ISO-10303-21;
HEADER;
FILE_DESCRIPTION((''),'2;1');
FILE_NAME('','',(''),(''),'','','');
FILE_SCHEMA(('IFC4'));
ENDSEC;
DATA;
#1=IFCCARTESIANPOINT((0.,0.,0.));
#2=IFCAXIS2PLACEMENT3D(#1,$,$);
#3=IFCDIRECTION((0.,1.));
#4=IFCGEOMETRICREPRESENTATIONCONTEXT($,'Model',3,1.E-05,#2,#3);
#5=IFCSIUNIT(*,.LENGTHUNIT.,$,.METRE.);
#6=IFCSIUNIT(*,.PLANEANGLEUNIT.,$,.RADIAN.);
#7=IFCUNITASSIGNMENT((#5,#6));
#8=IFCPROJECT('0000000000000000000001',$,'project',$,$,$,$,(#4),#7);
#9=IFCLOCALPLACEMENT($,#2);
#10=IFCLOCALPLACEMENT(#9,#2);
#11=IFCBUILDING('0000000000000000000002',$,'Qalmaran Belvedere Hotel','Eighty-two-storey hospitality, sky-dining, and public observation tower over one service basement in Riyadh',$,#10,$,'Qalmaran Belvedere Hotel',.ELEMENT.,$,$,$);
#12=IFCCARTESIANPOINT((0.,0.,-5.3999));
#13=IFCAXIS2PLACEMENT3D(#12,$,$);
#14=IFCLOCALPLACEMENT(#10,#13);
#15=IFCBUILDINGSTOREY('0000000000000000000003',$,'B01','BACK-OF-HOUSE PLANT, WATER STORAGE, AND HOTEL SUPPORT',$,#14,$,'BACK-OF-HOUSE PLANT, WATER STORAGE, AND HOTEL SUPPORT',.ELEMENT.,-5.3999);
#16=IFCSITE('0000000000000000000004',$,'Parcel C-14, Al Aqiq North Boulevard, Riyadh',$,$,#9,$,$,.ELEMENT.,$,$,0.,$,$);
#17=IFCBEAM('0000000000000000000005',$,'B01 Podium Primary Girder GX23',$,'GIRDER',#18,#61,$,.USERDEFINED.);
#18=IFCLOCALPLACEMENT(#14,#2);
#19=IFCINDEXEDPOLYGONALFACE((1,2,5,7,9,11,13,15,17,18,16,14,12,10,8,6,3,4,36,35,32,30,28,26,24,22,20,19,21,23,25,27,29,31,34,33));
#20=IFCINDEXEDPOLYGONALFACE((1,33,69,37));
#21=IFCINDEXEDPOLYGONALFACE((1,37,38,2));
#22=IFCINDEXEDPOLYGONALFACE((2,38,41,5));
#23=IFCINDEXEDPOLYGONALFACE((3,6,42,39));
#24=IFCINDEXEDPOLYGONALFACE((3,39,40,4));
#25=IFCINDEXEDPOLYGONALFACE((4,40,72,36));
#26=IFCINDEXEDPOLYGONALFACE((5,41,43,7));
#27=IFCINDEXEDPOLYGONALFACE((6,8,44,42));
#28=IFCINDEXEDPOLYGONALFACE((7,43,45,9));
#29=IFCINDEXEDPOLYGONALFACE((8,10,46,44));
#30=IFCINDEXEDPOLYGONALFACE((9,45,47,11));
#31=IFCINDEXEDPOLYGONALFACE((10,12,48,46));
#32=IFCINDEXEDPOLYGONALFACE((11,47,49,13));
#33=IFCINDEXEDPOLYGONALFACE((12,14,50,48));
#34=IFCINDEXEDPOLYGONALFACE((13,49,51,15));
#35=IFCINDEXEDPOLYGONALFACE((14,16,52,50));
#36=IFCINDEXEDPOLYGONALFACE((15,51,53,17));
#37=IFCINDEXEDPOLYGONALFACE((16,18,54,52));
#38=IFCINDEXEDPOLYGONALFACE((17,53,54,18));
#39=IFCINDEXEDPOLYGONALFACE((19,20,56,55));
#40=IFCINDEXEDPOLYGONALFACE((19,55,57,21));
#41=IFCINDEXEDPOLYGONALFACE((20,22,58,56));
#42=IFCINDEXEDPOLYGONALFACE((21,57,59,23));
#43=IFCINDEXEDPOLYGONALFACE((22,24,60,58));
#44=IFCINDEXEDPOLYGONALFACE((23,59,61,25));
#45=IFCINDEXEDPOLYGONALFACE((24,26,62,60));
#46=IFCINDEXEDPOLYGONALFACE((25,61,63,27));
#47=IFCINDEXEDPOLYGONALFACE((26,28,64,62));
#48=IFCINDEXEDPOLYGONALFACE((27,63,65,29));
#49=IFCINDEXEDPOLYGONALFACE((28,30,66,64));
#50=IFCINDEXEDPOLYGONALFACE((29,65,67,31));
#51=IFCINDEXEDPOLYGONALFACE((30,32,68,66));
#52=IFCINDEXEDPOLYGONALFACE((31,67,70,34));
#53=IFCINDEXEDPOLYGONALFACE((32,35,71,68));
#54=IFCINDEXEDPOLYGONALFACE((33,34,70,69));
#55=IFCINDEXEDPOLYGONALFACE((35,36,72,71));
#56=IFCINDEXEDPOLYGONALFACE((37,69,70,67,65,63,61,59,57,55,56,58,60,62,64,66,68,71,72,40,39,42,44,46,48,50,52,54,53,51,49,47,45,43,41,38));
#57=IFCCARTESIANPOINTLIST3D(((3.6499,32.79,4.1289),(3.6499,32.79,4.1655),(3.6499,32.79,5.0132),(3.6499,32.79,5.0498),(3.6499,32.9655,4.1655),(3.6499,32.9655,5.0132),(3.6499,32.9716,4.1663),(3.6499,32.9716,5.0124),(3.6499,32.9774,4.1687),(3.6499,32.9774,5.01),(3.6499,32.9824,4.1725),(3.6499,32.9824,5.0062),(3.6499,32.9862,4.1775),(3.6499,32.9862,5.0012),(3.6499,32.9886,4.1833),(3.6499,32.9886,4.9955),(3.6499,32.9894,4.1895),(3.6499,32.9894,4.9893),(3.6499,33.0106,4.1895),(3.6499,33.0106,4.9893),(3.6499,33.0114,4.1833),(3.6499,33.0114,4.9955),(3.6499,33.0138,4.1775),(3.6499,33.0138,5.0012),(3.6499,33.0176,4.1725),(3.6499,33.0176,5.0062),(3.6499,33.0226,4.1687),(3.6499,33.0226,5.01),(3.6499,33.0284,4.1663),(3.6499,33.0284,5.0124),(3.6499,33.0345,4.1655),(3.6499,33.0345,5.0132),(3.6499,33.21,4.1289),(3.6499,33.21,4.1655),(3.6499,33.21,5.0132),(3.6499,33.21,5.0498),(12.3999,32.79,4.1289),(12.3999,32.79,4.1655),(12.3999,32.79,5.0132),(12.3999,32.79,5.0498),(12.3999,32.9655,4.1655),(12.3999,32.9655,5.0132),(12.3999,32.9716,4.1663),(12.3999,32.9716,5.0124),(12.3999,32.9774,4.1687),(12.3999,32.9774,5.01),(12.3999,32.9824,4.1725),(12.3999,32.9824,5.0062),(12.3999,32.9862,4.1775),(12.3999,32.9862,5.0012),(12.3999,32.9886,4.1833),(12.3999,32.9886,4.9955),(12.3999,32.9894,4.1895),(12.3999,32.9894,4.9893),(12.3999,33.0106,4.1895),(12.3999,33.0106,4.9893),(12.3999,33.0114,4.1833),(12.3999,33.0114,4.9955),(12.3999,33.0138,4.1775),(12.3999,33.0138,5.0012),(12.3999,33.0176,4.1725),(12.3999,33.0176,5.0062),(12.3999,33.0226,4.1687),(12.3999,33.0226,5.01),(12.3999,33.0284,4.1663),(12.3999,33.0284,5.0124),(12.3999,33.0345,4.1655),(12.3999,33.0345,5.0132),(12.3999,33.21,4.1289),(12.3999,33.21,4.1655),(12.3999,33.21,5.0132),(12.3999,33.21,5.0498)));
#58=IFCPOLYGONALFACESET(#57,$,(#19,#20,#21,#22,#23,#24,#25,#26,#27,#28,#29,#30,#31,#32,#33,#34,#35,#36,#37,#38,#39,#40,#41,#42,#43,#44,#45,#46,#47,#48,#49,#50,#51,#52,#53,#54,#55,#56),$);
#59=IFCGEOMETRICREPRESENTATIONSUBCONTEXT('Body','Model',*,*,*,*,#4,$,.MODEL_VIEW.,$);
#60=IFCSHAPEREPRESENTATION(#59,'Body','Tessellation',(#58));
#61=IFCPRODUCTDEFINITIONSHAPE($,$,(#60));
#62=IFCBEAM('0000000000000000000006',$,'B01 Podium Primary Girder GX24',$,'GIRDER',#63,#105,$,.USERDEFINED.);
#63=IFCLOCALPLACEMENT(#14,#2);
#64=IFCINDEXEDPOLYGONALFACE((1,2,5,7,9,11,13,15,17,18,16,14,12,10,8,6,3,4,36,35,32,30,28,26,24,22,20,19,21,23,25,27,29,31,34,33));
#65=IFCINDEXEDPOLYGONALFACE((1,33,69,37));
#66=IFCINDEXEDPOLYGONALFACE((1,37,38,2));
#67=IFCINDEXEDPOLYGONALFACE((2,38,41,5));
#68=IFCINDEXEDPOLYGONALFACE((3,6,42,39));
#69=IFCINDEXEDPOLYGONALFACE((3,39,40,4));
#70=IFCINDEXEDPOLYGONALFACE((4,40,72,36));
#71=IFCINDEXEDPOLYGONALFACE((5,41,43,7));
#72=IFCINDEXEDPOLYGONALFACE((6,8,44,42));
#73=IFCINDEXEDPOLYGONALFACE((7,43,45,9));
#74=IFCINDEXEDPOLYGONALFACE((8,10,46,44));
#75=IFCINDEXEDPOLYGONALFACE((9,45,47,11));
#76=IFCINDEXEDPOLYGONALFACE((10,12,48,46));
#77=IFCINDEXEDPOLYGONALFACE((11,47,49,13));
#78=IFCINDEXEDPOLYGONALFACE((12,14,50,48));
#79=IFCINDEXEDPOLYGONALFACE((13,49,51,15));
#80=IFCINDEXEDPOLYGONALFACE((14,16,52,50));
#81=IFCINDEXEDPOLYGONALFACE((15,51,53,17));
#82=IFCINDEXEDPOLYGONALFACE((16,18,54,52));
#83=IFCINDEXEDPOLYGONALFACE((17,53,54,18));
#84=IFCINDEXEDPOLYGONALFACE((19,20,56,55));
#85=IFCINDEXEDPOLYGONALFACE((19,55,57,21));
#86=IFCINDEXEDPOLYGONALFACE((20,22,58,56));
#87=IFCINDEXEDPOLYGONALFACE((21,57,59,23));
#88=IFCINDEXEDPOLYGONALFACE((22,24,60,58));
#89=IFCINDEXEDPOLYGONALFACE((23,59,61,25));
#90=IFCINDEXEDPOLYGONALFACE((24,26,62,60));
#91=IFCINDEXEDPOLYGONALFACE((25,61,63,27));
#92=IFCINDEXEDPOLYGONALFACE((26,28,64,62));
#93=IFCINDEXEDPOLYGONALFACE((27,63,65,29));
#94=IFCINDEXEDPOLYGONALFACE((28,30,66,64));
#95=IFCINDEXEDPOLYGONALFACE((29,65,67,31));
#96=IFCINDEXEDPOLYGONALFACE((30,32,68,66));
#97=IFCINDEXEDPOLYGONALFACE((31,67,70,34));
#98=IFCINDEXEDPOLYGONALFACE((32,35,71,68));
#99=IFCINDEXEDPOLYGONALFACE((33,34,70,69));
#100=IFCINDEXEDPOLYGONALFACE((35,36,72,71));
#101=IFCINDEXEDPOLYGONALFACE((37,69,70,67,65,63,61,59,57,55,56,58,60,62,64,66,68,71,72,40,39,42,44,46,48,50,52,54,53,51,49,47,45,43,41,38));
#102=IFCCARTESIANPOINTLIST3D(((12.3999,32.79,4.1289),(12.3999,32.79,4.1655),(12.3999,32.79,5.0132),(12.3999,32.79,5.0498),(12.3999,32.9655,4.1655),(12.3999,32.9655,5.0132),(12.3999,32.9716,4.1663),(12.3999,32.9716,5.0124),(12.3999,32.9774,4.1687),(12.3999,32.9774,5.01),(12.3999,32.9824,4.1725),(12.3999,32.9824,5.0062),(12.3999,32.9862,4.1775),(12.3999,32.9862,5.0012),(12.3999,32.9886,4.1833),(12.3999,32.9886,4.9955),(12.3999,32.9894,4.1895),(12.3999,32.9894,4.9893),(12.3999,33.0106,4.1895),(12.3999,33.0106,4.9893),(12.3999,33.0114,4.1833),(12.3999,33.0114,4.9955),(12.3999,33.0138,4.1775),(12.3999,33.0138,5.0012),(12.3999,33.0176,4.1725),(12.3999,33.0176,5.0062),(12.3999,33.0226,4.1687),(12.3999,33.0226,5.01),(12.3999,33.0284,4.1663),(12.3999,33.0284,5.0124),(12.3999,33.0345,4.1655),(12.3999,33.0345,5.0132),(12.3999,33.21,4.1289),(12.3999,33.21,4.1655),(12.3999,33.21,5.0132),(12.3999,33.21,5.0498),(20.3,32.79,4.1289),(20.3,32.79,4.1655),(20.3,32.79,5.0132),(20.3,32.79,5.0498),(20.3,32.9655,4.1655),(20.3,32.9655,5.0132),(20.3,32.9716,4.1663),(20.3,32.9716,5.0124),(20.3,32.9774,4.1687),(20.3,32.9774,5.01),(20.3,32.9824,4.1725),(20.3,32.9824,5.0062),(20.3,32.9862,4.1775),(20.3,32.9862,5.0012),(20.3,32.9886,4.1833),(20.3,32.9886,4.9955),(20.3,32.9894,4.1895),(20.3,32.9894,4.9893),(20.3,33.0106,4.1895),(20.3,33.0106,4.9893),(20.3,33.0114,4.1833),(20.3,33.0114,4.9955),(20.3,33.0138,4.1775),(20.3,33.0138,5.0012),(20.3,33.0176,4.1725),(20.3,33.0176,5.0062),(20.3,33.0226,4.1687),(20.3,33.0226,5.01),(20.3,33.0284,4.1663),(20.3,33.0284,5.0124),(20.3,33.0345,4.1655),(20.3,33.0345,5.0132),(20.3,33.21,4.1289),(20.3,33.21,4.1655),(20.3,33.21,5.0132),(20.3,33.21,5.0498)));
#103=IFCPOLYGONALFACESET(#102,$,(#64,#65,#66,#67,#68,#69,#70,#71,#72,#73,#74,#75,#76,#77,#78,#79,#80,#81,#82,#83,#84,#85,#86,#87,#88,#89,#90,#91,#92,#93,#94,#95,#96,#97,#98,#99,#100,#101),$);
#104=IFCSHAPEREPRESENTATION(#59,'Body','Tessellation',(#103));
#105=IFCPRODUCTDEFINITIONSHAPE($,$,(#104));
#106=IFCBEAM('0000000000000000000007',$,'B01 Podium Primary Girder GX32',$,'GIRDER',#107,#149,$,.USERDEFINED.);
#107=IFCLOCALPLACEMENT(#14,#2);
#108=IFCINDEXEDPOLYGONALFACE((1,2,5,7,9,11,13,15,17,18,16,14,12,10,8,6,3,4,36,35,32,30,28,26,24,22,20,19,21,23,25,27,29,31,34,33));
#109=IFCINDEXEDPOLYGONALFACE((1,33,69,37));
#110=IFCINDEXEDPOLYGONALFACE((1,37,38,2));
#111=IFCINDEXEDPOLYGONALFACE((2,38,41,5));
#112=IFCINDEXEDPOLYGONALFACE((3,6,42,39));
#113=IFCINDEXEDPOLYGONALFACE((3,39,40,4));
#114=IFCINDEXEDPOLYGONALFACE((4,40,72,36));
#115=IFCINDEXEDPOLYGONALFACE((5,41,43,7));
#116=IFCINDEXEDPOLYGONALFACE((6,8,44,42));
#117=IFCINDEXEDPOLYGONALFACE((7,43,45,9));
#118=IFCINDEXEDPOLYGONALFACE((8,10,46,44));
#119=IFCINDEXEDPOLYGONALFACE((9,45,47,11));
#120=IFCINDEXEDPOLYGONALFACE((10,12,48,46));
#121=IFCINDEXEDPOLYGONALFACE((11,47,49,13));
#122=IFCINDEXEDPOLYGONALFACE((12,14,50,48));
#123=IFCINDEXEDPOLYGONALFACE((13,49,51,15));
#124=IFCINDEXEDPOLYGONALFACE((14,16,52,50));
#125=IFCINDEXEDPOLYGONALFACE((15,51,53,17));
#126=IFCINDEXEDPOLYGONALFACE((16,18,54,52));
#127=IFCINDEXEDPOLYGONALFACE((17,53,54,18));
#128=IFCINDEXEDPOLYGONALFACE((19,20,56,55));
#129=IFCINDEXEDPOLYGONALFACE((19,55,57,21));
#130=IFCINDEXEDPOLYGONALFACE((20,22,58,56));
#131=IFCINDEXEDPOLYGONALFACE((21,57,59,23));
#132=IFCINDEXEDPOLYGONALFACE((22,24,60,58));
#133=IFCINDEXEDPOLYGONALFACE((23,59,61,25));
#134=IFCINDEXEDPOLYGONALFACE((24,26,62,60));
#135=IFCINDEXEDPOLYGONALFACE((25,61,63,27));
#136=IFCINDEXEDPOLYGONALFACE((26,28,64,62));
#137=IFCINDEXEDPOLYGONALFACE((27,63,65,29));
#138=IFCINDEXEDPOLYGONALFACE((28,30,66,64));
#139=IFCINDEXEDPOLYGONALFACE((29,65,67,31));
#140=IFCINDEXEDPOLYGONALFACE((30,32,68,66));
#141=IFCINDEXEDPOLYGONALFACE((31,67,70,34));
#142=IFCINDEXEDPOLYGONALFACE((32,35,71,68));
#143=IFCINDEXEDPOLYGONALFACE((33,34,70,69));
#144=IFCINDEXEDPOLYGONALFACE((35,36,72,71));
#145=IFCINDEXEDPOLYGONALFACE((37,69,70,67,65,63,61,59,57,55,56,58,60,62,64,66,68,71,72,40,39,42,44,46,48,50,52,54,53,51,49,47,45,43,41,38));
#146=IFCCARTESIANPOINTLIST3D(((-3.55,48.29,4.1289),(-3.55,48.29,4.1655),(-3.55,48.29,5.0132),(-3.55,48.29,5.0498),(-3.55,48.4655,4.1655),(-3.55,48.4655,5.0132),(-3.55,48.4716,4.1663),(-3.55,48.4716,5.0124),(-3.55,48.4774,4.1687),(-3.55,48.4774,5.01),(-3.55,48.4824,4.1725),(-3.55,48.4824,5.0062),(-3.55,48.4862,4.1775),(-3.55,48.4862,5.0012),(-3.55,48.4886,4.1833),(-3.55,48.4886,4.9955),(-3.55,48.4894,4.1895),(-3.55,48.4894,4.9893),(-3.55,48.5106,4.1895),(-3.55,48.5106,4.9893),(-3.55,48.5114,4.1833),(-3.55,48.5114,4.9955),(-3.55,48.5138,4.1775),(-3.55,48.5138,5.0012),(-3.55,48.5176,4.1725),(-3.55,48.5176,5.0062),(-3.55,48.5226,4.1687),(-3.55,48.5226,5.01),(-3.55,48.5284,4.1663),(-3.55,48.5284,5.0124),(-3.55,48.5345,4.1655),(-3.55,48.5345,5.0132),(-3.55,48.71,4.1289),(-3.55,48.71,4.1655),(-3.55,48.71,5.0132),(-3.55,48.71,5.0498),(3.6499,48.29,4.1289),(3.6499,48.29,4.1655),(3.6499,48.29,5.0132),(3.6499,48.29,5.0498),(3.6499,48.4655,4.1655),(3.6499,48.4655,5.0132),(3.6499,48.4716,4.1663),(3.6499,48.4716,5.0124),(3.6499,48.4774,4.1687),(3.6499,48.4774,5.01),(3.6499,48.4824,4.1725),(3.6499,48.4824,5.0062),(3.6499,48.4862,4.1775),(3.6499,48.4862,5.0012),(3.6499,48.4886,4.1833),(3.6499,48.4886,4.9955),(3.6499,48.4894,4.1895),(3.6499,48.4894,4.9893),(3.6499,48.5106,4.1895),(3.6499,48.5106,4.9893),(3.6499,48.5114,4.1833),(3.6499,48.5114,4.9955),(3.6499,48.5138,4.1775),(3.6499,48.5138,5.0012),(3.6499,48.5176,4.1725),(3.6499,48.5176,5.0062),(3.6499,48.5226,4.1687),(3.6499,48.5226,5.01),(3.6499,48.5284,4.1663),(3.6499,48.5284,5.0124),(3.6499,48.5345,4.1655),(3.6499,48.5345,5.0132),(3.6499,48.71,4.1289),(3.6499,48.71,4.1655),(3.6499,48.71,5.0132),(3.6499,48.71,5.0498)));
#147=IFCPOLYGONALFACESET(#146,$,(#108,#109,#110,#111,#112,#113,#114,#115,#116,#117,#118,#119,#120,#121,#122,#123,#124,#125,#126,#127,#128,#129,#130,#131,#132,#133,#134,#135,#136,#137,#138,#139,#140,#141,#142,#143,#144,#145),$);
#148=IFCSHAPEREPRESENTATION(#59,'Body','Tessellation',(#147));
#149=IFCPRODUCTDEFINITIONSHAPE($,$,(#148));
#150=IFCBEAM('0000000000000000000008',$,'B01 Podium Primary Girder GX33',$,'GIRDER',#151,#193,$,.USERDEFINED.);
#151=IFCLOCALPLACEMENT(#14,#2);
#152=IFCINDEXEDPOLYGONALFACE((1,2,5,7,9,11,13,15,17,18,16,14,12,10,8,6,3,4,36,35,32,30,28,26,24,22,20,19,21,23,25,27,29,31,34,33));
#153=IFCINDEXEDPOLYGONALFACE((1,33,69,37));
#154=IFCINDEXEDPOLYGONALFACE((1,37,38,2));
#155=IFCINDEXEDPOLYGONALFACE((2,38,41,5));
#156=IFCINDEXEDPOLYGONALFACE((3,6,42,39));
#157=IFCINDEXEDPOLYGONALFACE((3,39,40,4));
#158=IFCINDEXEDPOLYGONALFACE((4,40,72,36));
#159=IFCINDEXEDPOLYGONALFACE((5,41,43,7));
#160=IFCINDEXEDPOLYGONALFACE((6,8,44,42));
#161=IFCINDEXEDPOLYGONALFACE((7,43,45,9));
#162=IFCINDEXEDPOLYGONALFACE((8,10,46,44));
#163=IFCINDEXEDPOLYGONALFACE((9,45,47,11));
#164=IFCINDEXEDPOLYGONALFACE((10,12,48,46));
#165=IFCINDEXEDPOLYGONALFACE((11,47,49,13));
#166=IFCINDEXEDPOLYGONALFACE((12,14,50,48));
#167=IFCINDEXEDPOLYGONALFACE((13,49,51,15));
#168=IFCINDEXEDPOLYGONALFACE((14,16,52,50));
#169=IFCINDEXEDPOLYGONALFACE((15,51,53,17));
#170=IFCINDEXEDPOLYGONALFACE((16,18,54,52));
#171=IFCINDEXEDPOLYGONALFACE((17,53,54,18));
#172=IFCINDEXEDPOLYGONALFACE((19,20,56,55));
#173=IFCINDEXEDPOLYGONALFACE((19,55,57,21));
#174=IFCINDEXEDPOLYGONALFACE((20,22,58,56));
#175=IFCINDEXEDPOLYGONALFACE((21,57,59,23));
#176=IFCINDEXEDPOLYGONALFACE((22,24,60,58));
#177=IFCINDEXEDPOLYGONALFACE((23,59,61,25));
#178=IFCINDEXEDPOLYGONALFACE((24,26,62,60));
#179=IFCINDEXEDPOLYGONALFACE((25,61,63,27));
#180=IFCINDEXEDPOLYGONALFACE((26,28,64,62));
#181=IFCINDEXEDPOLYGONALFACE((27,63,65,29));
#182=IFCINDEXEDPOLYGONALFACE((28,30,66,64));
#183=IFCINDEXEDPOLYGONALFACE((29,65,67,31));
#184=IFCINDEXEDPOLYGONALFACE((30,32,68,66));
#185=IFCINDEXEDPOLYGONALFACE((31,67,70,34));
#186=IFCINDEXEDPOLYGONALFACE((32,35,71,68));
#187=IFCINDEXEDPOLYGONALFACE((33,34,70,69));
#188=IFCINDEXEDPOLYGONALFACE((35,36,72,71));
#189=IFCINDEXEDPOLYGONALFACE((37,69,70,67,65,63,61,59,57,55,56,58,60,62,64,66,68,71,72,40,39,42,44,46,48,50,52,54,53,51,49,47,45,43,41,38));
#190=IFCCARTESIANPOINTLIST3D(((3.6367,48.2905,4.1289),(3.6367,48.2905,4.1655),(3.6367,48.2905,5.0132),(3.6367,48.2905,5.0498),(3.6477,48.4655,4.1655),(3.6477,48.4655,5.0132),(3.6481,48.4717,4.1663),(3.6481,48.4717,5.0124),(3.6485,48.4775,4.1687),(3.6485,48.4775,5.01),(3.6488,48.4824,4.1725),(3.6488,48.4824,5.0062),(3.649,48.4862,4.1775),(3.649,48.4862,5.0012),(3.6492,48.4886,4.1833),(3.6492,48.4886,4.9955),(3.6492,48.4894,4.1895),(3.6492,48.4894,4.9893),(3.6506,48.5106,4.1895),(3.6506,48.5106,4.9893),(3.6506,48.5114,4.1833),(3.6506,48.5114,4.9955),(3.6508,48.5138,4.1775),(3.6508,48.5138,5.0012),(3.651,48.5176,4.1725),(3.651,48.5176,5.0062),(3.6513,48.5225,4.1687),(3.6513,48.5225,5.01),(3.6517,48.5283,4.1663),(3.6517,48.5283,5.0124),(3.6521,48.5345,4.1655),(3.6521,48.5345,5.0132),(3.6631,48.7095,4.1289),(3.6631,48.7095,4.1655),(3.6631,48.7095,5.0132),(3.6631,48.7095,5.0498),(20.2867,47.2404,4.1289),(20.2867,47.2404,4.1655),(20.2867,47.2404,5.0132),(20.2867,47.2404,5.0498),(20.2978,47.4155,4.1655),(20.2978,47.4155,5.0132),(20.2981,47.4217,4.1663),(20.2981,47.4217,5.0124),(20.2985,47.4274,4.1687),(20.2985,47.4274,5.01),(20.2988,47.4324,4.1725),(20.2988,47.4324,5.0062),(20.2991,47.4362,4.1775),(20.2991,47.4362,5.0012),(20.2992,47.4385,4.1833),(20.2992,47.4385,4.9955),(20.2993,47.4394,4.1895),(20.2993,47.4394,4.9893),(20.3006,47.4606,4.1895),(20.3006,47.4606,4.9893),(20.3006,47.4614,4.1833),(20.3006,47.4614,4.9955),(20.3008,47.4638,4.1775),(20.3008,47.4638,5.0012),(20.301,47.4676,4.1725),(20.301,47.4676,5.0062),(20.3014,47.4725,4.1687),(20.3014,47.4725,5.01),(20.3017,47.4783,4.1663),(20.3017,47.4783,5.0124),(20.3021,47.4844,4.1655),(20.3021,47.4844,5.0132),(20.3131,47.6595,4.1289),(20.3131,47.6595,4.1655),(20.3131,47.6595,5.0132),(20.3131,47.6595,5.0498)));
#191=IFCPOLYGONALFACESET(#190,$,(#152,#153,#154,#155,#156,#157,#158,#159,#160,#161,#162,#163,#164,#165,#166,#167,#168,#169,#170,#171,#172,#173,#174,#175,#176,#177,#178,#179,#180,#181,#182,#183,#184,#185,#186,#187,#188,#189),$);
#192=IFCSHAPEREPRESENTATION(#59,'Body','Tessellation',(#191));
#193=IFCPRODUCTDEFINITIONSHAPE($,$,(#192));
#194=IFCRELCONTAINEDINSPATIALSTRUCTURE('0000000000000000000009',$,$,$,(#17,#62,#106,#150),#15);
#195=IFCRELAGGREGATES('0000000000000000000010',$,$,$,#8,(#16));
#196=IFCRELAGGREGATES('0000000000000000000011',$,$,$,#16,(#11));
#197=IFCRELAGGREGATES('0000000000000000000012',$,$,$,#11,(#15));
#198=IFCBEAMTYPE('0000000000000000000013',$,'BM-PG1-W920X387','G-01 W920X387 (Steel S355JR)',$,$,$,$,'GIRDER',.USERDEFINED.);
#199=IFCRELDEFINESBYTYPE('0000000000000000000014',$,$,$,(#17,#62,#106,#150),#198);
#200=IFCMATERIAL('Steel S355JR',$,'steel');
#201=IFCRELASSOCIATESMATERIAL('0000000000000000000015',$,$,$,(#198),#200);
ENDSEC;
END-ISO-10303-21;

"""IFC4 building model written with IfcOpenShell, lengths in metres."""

from ifc_helpers import new_model, si_unit, direction, frame, origin, origin_2d, place, context, subcontext, project, spatial, i_section, extrude, material, material_profile, profile_set, type_object, element, save


model = new_model("IFC4")

# Units and contexts
model_context = context("Model", 3, precision=1e-05, world=origin(), true_north=direction((0.0, 1.0)))
body_context = subcontext(model_context, "Body", "Model", "MODEL_VIEW")
ifc_project = project(units=[si_unit("LENGTHUNIT", "METRE"), si_unit("PLANEANGLEUNIT", "RADIAN")], contexts=[model_context])

# Site, building, storey
site_placement = place(None, origin())
site = spatial("IfcSite", under=ifc_project, at=site_placement, Name="Parcel C-14, Al Aqiq North Boulevard, Riyadh", CompositionType="ELEMENT", RefElevation=0.0)
building_placement = place(site_placement, origin())
building = spatial("IfcBuilding", under=site, at=building_placement, Name="Qalmaran Belvedere Hotel", Description="Eighty-two-storey hospitality, sky-dining, and public observation tower over one service basement in Riyadh", LongName="Qalmaran Belvedere Hotel", CompositionType="ELEMENT")
storey_placement = place(building_placement, frame((0.0, 0.0, -5.3999)))
storey = spatial("IfcBuildingStorey", under=building, at=storey_placement, Name="B01", Description="BACK-OF-HOUSE PLANT, WATER STORAGE, AND HOTEL SUPPORT", LongName="BACK-OF-HOUSE PLANT, WATER STORAGE, AND HOTEL SUPPORT", CompositionType="ELEMENT", Elevation=-5.3999)

# Beams
ifc_material_1 = material(Name="Steel S355JR", Category="steel")
ifc_material_profile_1 = material_profile(ifc_material_1, i_section(OverallWidth=0.4199, OverallDepth=0.9209, WebThickness=0.0212, FlangeThickness=0.0366, FilletRadius=0.0239, at=origin_2d()), Name="W920X387")
ifc_profile_set_1 = profile_set([ifc_material_profile_1], Name="Steel S355JR")
beam_type_1 = type_object("IfcBeamType", Name="BM-PG1-W920X387", Description="G-01 W920X387 (Steel S355JR)", ElementType="GIRDER", PredefinedType="USERDEFINED", material=ifc_profile_set_1)
beam_1_placement = place(storey_placement, frame((3.6499, 33.0, 4.5894), z_axis=(1.0, 0.0, 0.0), x_axis=(0.0, 1.0, 0.0)))
element("IfcBeam", 1, at=beam_1_placement, inside=storey, type_object=beam_type_1, Name="B01 Podium Primary Girder GX23", ObjectType="GIRDER", PredefinedType="USERDEFINED", context=body_context, shape_type="SweptSolid", body=[
    extrude(i_section(OverallWidth=0.4199, OverallDepth=0.9209, WebThickness=0.0212, FlangeThickness=0.0366, FilletRadius=0.0239, at=origin_2d()), origin(), (0.0, 0.0, 1.0), 8.75),
])
beam_2_placement = place(storey_placement, frame((12.3999, 33.0, 4.5894), z_axis=(1.0, 0.0, 0.0), x_axis=(0.0, 1.0, 0.0)))
element("IfcBeam", 2, at=beam_2_placement, inside=storey, type_object=beam_type_1, Name="B01 Podium Primary Girder GX24", ObjectType="GIRDER", PredefinedType="USERDEFINED", context=body_context, shape_type="SweptSolid", body=[
    extrude(i_section(OverallWidth=0.4199, OverallDepth=0.9209, WebThickness=0.0212, FlangeThickness=0.0366, FilletRadius=0.0239, at=origin_2d()), origin(), (0.0, 0.0, 1.0), 7.9001),
])
beam_3_placement = place(storey_placement, frame((-3.55, 48.5, 4.5894), z_axis=(1.0, 0.0, 0.0), x_axis=(0.0, 1.0, 0.0)))
element("IfcBeam", 3, at=beam_3_placement, inside=storey, type_object=beam_type_1, Name="B01 Podium Primary Girder GX32", ObjectType="GIRDER", PredefinedType="USERDEFINED", context=body_context, shape_type="SweptSolid", body=[
    extrude(i_section(OverallWidth=0.4199, OverallDepth=0.9209, WebThickness=0.0212, FlangeThickness=0.0366, FilletRadius=0.0239, at=origin_2d()), origin(), (0.0, 0.0, 1.0), 7.2),
])
beam_4_placement = place(storey_placement, frame((3.6499, 48.5, 4.5894), z_axis=(0.998017, -0.06294, 0.0), x_axis=(0.06294, 0.998017, 0.0)))
element("IfcBeam", 4, at=beam_4_placement, inside=storey, type_object=beam_type_1, Name="B01 Podium Primary Girder GX33", ObjectType="GIRDER", PredefinedType="USERDEFINED", context=body_context, shape_type="SweptSolid", body=[
    extrude(i_section(OverallWidth=0.4199, OverallDepth=0.9209, WebThickness=0.0212, FlangeThickness=0.0366, FilletRadius=0.0239, at=origin_2d()), origin(), (0.0, 0.0, 1.0), 16.6831),
])

save(model, "model.ifc")
